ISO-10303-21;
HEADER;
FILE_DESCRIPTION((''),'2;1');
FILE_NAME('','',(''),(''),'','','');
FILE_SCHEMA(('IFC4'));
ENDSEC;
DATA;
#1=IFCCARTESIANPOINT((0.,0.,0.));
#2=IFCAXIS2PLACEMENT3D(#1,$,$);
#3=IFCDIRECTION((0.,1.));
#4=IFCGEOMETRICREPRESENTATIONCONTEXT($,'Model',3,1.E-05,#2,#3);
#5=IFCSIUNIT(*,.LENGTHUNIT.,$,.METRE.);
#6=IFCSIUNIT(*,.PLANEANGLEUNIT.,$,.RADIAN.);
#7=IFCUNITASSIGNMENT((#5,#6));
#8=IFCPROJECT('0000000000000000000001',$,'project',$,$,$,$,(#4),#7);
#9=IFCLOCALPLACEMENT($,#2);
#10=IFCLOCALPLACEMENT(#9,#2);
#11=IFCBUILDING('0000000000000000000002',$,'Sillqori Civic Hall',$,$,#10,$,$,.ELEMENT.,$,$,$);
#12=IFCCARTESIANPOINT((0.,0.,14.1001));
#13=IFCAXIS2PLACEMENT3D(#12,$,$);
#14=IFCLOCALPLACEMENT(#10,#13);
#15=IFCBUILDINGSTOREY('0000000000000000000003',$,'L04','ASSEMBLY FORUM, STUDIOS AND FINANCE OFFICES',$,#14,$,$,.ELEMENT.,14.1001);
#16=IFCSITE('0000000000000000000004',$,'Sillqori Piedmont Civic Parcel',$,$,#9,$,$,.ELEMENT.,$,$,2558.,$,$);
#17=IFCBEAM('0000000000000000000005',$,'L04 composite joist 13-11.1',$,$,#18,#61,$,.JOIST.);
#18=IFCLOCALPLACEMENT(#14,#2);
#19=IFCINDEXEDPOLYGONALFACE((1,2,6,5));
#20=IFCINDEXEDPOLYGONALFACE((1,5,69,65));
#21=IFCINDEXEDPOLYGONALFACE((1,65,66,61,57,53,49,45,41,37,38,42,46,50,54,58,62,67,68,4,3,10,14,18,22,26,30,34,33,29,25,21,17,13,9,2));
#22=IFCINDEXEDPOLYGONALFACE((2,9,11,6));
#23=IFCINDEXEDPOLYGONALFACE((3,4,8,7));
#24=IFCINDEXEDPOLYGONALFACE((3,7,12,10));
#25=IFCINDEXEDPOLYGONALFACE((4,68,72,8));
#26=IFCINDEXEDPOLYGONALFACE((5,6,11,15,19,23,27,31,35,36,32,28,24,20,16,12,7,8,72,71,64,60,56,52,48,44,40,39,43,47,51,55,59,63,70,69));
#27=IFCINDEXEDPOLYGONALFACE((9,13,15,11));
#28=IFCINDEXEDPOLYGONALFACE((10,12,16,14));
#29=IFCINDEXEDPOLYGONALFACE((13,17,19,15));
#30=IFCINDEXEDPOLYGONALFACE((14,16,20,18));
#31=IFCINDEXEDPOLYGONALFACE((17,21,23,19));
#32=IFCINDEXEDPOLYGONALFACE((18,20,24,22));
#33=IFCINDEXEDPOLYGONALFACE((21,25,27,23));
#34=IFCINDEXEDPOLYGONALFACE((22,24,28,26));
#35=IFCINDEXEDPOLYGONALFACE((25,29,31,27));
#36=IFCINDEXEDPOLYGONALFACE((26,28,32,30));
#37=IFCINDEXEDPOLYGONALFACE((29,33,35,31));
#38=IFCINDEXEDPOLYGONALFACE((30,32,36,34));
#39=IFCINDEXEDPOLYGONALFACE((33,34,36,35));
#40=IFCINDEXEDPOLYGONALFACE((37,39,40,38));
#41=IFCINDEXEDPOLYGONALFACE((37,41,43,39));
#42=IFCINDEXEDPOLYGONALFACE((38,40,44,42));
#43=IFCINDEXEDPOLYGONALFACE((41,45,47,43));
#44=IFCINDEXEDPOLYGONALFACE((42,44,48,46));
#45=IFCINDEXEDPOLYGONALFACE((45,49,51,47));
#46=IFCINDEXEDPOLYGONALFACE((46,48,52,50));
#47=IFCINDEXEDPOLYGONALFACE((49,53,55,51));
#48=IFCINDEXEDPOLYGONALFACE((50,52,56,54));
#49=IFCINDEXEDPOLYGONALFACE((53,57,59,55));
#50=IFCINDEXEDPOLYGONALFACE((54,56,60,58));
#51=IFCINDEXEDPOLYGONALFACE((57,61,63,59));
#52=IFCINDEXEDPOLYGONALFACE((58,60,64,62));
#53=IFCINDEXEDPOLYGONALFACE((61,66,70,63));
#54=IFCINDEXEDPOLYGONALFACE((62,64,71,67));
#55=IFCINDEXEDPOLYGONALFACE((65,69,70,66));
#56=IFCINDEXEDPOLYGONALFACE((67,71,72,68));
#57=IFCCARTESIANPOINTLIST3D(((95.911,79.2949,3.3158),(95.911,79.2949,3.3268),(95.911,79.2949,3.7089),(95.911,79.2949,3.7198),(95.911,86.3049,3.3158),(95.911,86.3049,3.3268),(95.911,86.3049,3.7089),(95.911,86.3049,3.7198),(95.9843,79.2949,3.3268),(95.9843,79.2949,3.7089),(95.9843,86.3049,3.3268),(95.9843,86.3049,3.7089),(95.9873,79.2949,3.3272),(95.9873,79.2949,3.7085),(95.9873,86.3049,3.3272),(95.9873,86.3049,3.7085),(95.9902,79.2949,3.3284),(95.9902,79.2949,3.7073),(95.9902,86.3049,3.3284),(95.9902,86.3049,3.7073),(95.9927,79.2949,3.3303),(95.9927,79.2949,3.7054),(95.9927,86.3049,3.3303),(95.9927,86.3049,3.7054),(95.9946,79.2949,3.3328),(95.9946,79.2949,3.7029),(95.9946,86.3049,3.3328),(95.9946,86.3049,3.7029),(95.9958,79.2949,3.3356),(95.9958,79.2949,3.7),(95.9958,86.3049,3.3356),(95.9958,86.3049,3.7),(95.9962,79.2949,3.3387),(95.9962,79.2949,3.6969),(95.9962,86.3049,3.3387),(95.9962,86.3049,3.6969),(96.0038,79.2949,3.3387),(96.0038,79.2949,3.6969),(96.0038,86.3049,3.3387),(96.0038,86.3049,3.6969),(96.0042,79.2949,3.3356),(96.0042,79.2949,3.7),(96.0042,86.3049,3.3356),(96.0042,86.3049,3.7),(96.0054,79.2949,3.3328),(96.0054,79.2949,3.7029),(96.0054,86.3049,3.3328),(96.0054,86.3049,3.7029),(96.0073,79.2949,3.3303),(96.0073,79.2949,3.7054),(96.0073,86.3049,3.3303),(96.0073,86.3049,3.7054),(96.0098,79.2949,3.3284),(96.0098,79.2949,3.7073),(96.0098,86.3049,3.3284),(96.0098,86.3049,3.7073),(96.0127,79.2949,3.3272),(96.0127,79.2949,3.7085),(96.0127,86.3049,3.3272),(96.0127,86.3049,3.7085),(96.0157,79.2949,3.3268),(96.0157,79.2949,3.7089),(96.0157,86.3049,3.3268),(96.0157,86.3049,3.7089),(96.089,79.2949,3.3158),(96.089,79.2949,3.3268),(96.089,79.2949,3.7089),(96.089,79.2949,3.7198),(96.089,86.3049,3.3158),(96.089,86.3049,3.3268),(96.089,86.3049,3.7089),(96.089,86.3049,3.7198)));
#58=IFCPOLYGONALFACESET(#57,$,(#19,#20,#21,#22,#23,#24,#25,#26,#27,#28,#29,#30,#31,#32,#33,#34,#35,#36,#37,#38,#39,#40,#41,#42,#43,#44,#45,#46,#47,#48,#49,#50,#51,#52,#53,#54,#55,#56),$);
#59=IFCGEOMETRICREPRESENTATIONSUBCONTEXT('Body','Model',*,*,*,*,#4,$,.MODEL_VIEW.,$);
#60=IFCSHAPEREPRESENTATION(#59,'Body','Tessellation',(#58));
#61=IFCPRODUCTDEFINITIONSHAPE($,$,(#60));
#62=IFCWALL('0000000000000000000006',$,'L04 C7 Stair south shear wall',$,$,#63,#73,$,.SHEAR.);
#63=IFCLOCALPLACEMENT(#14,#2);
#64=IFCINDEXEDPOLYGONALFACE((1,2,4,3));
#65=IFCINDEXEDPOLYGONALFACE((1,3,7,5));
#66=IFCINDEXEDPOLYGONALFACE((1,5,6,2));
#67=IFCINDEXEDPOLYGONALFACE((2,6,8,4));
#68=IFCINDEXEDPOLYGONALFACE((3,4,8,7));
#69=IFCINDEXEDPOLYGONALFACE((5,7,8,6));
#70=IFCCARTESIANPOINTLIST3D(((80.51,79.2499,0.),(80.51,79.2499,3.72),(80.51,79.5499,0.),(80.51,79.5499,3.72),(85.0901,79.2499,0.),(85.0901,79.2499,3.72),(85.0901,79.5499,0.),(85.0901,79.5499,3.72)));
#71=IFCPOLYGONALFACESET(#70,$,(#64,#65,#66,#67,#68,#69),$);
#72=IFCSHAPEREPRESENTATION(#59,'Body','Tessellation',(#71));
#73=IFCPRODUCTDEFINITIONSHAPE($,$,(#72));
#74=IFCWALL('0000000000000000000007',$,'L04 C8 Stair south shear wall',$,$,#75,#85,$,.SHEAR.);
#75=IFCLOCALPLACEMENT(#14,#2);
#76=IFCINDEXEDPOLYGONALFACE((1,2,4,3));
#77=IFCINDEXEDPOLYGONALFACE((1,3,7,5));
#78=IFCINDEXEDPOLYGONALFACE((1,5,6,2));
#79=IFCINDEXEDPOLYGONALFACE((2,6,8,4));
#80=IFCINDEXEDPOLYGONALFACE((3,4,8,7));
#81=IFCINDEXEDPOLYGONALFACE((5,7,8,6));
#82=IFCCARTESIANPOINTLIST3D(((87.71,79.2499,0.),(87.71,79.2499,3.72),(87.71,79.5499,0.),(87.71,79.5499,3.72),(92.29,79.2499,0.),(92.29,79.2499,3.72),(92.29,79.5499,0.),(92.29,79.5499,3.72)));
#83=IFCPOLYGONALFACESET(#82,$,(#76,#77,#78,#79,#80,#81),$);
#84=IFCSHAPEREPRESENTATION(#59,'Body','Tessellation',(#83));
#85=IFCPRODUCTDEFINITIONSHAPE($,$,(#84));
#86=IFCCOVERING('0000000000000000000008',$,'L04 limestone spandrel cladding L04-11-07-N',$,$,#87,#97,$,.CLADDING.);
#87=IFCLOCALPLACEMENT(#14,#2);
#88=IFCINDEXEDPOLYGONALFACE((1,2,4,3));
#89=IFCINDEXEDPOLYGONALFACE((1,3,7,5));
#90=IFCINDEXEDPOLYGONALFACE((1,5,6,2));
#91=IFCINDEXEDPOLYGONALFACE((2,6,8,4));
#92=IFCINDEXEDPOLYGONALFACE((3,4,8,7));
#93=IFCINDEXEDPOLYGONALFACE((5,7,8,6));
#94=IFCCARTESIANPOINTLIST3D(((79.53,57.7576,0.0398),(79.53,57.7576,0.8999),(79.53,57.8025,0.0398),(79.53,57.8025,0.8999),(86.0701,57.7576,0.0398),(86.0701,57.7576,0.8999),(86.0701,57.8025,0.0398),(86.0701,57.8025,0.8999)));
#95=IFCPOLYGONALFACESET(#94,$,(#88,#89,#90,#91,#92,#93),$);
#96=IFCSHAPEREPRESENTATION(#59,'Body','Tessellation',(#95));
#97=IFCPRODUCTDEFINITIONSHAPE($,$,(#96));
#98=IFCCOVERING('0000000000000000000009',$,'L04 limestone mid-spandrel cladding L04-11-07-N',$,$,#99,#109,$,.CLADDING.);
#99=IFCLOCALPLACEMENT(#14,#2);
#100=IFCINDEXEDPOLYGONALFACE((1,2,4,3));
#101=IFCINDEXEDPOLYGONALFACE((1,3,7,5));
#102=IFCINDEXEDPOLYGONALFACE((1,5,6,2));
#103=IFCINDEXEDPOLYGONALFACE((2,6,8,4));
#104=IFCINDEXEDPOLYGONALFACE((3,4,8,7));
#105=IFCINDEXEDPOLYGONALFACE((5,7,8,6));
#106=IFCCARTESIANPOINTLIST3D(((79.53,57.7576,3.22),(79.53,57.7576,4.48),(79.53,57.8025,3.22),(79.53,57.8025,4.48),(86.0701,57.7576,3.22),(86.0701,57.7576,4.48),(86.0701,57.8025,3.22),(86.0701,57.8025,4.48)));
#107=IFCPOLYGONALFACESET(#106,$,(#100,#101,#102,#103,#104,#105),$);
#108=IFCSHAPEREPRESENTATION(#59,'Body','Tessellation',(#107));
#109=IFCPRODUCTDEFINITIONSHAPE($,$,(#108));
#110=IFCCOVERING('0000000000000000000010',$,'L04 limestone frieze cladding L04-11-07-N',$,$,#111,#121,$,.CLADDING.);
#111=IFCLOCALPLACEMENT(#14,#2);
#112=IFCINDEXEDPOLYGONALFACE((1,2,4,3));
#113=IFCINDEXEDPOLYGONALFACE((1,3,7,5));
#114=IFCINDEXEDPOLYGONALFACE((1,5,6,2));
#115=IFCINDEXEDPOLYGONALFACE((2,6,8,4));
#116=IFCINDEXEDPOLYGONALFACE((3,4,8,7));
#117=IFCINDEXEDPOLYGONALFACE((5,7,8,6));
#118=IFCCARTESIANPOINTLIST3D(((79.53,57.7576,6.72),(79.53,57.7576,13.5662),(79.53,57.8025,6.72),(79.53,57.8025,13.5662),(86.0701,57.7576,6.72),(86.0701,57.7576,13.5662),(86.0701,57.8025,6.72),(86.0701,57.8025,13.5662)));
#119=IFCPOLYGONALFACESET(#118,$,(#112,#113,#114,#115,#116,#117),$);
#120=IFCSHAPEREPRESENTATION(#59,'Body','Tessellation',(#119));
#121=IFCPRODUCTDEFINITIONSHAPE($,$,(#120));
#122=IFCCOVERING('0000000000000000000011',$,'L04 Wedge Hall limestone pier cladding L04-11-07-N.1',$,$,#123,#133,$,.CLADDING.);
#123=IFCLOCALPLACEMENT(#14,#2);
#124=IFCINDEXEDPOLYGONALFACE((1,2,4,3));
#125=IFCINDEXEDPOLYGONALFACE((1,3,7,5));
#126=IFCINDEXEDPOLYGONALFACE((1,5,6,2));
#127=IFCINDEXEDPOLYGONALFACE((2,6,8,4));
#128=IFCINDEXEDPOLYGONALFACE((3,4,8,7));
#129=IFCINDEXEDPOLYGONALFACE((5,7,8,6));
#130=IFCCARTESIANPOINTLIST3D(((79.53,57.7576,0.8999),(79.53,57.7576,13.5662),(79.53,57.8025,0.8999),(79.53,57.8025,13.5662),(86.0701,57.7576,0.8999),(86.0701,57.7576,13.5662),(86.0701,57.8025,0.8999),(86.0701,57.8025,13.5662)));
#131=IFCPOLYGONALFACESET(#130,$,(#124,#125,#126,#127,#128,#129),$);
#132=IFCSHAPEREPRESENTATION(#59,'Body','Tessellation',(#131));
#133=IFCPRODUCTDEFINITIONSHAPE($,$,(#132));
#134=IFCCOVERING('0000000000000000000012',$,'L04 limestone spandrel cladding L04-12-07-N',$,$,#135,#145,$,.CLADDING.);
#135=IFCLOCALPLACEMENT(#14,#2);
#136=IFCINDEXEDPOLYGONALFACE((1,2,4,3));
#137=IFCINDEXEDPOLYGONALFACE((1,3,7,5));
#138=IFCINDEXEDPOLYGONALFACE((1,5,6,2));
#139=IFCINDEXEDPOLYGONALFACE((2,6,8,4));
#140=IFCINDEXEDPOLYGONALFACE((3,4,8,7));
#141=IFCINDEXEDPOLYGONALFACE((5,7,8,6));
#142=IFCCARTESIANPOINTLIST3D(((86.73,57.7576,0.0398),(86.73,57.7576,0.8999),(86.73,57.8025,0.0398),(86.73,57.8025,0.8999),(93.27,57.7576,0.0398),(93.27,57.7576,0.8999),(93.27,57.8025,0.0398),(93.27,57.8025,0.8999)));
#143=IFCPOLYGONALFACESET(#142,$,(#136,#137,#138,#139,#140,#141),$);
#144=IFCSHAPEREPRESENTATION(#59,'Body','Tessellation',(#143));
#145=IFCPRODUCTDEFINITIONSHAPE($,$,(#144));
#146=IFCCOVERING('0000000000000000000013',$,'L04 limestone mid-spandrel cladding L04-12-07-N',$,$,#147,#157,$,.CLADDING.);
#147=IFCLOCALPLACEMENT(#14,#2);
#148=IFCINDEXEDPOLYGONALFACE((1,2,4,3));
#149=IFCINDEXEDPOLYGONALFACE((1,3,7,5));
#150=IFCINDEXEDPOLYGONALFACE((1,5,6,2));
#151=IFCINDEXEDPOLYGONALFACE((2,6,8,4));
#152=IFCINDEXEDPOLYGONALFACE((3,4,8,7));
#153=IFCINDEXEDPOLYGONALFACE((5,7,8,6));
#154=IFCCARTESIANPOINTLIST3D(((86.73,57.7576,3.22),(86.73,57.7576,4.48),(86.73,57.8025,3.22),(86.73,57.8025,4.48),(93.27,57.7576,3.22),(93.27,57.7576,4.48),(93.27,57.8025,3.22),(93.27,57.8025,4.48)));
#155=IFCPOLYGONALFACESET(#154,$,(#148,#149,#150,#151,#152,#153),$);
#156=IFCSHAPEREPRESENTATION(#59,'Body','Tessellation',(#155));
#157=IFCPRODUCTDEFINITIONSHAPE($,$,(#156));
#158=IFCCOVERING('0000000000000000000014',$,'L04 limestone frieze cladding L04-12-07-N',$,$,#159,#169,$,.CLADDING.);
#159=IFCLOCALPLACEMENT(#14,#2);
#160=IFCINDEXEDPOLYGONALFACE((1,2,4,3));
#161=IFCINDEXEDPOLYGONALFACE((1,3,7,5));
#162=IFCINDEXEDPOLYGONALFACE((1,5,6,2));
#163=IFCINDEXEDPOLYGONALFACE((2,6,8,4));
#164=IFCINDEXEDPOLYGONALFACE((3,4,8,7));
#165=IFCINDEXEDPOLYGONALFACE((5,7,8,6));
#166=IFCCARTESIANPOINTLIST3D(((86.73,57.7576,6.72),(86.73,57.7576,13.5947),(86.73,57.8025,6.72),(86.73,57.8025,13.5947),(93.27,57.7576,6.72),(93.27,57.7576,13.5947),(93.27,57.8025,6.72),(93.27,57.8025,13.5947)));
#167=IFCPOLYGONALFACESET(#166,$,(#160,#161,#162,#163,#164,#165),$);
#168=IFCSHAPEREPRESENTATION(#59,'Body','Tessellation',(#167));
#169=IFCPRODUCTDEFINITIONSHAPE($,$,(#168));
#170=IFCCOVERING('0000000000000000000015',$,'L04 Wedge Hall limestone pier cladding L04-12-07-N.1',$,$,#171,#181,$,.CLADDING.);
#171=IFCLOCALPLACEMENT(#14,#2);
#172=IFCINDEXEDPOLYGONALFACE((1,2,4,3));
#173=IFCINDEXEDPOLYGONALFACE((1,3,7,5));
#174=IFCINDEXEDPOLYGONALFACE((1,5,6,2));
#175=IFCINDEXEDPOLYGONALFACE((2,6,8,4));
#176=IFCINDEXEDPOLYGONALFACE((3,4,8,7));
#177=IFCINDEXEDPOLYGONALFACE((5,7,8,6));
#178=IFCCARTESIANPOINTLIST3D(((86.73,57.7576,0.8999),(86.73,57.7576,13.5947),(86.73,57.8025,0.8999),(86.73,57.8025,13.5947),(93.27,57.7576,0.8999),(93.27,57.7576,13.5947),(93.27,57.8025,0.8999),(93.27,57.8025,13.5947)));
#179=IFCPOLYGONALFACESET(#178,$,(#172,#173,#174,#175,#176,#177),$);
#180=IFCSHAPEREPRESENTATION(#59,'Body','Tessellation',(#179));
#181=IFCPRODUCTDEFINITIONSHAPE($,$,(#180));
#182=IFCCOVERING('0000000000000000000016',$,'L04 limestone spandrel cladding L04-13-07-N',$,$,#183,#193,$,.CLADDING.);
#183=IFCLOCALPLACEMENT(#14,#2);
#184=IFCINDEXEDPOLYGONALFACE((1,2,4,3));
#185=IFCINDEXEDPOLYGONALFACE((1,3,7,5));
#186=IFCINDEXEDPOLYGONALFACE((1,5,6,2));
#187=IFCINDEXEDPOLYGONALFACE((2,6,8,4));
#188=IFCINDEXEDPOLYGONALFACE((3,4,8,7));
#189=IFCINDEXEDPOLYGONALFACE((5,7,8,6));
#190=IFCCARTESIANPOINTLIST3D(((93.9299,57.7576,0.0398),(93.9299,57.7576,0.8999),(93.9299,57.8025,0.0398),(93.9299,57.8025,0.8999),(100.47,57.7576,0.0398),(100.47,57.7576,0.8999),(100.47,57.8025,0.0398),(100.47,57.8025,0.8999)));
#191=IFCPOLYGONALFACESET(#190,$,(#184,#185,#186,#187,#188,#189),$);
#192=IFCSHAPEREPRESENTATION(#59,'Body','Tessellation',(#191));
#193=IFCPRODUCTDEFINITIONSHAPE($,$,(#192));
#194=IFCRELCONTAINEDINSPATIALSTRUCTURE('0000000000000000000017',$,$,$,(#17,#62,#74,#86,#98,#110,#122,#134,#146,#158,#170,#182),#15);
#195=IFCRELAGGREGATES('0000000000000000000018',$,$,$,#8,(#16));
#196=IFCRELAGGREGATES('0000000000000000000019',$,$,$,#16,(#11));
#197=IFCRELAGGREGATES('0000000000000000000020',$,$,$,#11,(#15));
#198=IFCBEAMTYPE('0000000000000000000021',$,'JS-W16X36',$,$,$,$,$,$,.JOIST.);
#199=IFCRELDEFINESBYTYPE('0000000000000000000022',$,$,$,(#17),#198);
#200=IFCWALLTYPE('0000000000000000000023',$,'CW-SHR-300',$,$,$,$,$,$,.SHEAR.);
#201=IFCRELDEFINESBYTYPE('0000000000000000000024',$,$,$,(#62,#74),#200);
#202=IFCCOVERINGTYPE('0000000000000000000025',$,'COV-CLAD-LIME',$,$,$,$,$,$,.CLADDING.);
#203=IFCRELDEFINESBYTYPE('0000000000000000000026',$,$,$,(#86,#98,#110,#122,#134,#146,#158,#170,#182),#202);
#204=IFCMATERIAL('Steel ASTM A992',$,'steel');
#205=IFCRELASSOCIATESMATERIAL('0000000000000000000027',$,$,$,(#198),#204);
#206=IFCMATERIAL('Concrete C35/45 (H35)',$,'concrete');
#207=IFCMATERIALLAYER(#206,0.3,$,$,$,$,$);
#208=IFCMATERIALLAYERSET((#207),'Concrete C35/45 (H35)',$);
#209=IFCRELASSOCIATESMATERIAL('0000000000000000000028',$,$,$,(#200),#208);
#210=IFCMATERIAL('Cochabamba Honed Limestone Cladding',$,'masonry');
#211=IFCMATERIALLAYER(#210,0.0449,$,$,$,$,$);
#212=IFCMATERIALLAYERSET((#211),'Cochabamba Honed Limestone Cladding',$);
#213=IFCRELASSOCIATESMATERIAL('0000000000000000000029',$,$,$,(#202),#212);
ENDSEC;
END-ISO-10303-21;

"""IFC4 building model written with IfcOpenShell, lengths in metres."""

from ifc_helpers import new_model, si_unit, direction, frame, frame_2d, origin, origin_2d, place, context, subcontext, project, spatial, rectangle, i_section, extrude, material, layer, layer_set, material_profile, profile_set, type_object, element, save


model = new_model("IFC4")

# Units and contexts
model_context = context("Model", 3, precision=1e-05, world=origin(), true_north=direction((0.0, 1.0)))
body_context = subcontext(model_context, "Body", "Model", "MODEL_VIEW")
ifc_project = project(units=[si_unit("LENGTHUNIT", "METRE"), si_unit("PLANEANGLEUNIT", "RADIAN")], contexts=[model_context])

# Site, building, storey
site_placement = place(None, origin())
site = spatial("IfcSite", under=ifc_project, at=site_placement, Name="Sillqori Piedmont Civic Parcel", CompositionType="ELEMENT", RefElevation=2558.0)
building_placement = place(site_placement, origin())
building = spatial("IfcBuilding", under=site, at=building_placement, Name="Sillqori Civic Hall", CompositionType="ELEMENT")
storey_placement = place(building_placement, frame((0.0, 0.0, 14.1001)))
storey = spatial("IfcBuildingStorey", under=building, at=storey_placement, Name="L04", Description="ASSEMBLY FORUM, STUDIOS AND FINANCE OFFICES", CompositionType="ELEMENT", Elevation=14.1001)

# Shared definitions
ifc_material_1 = material(Name="Concrete C35/45 (H35)", Category="concrete")

# Beam
ifc_material_2 = material(Name="Steel ASTM A992", Category="steel")
ifc_material_profile_1 = material_profile(ifc_material_2, i_section(OverallWidth=0.178, OverallDepth=0.4041, WebThickness=0.0076, FlangeThickness=0.011, FilletRadius=0.012, at=origin_2d()), Name="W16X36")
ifc_profile_set_1 = profile_set([ifc_material_profile_1], Name="Steel ASTM A992")
beam_type_1 = type_object("IfcBeamType", Name="JS-W16X36", PredefinedType="JOIST", material=ifc_profile_set_1)
beam_1_placement = place(storey_placement, frame((96.0, 79.2949, 3.5178), z_axis=(0.0, 1.0, 0.0), x_axis=(-1.0, 0.0, 0.0)))
element("IfcBeam", 1, at=beam_1_placement, inside=storey, type_object=beam_type_1, Name="L04 composite joist 13-11.1", PredefinedType="JOIST", context=body_context, shape_type="SweptSolid", body=[
    extrude(i_section(OverallWidth=0.178, OverallDepth=0.4041, WebThickness=0.0076, FlangeThickness=0.011, FilletRadius=0.012, at=origin_2d()), origin(), (0.0, 0.0, 1.0), 7.01),
])

# Walls
ifc_layer_1 = layer(ifc_material_1, 0.3)
ifc_layer_set_1 = layer_set([ifc_layer_1], Name="Concrete C35/45 (H35)")
wall_type = type_object("IfcWallType", Name="CW-SHR-300", PredefinedType="SHEAR", material=ifc_layer_set_1)
for number, where, z_axis, x_axis, name in (
    (2, (80.51, 79.3999, 0.0), (0.0, 0.0, 1.0), (1.0, 0.0, 0.0), "L04 C7 Stair south shear wall"),
    (3, (87.71, 79.3999, 0.0), (0.0, 0.0, 1.0), (1.0, 0.0, 0.0), "L04 C8 Stair south shear wall"),
):
    element("IfcWall", number, at=place(storey_placement, frame(where, z_axis=z_axis, x_axis=x_axis)), inside=storey, type_object=wall_type, Name=name, PredefinedType="SHEAR", context=body_context, shape_type="SweptSolid", body=[
        extrude(rectangle(XDim=4.5801, YDim=0.3, at=frame_2d((2.29, 0.0))), origin(), (0.0, 0.0, 1.0), 3.72),
    ])

# Coverings
ifc_material_3 = material(Name="Cochabamba Honed Limestone Cladding", Category="masonry")
ifc_layer_2 = layer(ifc_material_3, 0.0449)
ifc_layer_set_2 = layer_set([ifc_layer_2], Name="Cochabamba Honed Limestone Cladding")
covering_type = type_object("IfcCoveringType", Name="COV-CLAD-LIME", PredefinedType="CLADDING", material=ifc_layer_set_2)
covering_1_placement = place(storey_placement, frame((79.53, 57.78, 0.0398), z_axis=(0.0, 0.0, 1.0), x_axis=(1.0, 0.0, 0.0)))
element("IfcCovering", 4, at=covering_1_placement, inside=storey, type_object=covering_type, Name="L04 limestone spandrel cladding L04-11-07-N", PredefinedType="CLADDING", context=body_context, shape_type="SweptSolid", body=[
    extrude(rectangle(XDim=6.54, YDim=0.0449, at=frame_2d((3.27, 0.0))), origin(), (0.0, 0.0, 1.0), 0.8601),
])
covering_2_placement = place(storey_placement, frame((79.53, 57.78, 3.22), z_axis=(0.0, 0.0, 1.0), x_axis=(1.0, 0.0, 0.0)))
element("IfcCovering", 5, at=covering_2_placement, inside=storey, type_object=covering_type, Name="L04 limestone mid-spandrel cladding L04-11-07-N", PredefinedType="CLADDING", context=body_context, shape_type="SweptSolid", body=[
    extrude(rectangle(XDim=6.54, YDim=0.0449, at=frame_2d((3.27, 0.0))), origin(), (0.0, 0.0, 1.0), 1.26),
])
covering_3_placement = place(storey_placement, frame((79.53, 57.78, 6.72), z_axis=(0.0, 0.0, 1.0), x_axis=(1.0, 0.0, 0.0)))
element("IfcCovering", 6, at=covering_3_placement, inside=storey, type_object=covering_type, Name="L04 limestone frieze cladding L04-11-07-N", PredefinedType="CLADDING", context=body_context, shape_type="SweptSolid", body=[
    extrude(rectangle(XDim=6.54, YDim=0.0449, at=frame_2d((3.27, 0.0))), origin(), (0.0, 0.0, 1.0), 6.8462),
])
covering_4_placement = place(storey_placement, frame((79.53, 57.78, 0.8999), z_axis=(0.0, 0.0, 1.0), x_axis=(1.0, 0.0, 0.0)))
element("IfcCovering", 7, at=covering_4_placement, inside=storey, type_object=covering_type, Name="L04 Wedge Hall limestone pier cladding L04-11-07-N.1", PredefinedType="CLADDING", context=body_context, shape_type="SweptSolid", body=[
    extrude(rectangle(XDim=6.54, YDim=0.0449, at=frame_2d((3.27, 0.0))), origin(), (0.0, 0.0, 1.0), 12.6663),
])
covering_5_placement = place(storey_placement, frame((86.73, 57.78, 0.0398), z_axis=(0.0, 0.0, 1.0), x_axis=(1.0, 0.0, 0.0)))
element("IfcCovering", 8, at=covering_5_placement, inside=storey, type_object=covering_type, Name="L04 limestone spandrel cladding L04-12-07-N", PredefinedType="CLADDING", context=body_context, shape_type="SweptSolid", body=[
    extrude(rectangle(XDim=6.54, YDim=0.0449, at=frame_2d((3.27, 0.0))), origin(), (0.0, 0.0, 1.0), 0.8601),
])
covering_6_placement = place(storey_placement, frame((86.73, 57.78, 3.22), z_axis=(0.0, 0.0, 1.0), x_axis=(1.0, 0.0, 0.0)))
element("IfcCovering", 9, at=covering_6_placement, inside=storey, type_object=covering_type, Name="L04 limestone mid-spandrel cladding L04-12-07-N", PredefinedType="CLADDING", context=body_context, shape_type="SweptSolid", body=[
    extrude(rectangle(XDim=6.54, YDim=0.0449, at=frame_2d((3.27, 0.0))), origin(), (0.0, 0.0, 1.0), 1.26),
])
covering_7_placement = place(storey_placement, frame((86.73, 57.78, 6.72), z_axis=(0.0, 0.0, 1.0), x_axis=(1.0, 0.0, 0.0)))
element("IfcCovering", 10, at=covering_7_placement, inside=storey, type_object=covering_type, Name="L04 limestone frieze cladding L04-12-07-N", PredefinedType="CLADDING", context=body_context, shape_type="SweptSolid", body=[
    extrude(rectangle(XDim=6.54, YDim=0.0449, at=frame_2d((3.27, 0.0))), origin(), (0.0, 0.0, 1.0), 6.8748),
])
covering_8_placement = place(storey_placement, frame((86.73, 57.78, 0.8999), z_axis=(0.0, 0.0, 1.0), x_axis=(1.0, 0.0, 0.0)))
element("IfcCovering", 11, at=covering_8_placement, inside=storey, type_object=covering_type, Name="L04 Wedge Hall limestone pier cladding L04-12-07-N.1", PredefinedType="CLADDING", context=body_context, shape_type="SweptSolid", body=[
    extrude(rectangle(XDim=6.54, YDim=0.0449, at=frame_2d((3.27, 0.0))), origin(), (0.0, 0.0, 1.0), 12.6948),
])
covering_9_placement = place(storey_placement, frame((93.9299, 57.78, 0.0398), z_axis=(0.0, 0.0, 1.0), x_axis=(1.0, 0.0, 0.0)))
element("IfcCovering", 12, at=covering_9_placement, inside=storey, type_object=covering_type, Name="L04 limestone spandrel cladding L04-13-07-N", PredefinedType="CLADDING", context=body_context, shape_type="SweptSolid", body=[
    extrude(rectangle(XDim=6.54, YDim=0.0449, at=frame_2d((3.27, 0.0))), origin(), (0.0, 0.0, 1.0), 0.8601),
])

save(model, "model.ifc")
